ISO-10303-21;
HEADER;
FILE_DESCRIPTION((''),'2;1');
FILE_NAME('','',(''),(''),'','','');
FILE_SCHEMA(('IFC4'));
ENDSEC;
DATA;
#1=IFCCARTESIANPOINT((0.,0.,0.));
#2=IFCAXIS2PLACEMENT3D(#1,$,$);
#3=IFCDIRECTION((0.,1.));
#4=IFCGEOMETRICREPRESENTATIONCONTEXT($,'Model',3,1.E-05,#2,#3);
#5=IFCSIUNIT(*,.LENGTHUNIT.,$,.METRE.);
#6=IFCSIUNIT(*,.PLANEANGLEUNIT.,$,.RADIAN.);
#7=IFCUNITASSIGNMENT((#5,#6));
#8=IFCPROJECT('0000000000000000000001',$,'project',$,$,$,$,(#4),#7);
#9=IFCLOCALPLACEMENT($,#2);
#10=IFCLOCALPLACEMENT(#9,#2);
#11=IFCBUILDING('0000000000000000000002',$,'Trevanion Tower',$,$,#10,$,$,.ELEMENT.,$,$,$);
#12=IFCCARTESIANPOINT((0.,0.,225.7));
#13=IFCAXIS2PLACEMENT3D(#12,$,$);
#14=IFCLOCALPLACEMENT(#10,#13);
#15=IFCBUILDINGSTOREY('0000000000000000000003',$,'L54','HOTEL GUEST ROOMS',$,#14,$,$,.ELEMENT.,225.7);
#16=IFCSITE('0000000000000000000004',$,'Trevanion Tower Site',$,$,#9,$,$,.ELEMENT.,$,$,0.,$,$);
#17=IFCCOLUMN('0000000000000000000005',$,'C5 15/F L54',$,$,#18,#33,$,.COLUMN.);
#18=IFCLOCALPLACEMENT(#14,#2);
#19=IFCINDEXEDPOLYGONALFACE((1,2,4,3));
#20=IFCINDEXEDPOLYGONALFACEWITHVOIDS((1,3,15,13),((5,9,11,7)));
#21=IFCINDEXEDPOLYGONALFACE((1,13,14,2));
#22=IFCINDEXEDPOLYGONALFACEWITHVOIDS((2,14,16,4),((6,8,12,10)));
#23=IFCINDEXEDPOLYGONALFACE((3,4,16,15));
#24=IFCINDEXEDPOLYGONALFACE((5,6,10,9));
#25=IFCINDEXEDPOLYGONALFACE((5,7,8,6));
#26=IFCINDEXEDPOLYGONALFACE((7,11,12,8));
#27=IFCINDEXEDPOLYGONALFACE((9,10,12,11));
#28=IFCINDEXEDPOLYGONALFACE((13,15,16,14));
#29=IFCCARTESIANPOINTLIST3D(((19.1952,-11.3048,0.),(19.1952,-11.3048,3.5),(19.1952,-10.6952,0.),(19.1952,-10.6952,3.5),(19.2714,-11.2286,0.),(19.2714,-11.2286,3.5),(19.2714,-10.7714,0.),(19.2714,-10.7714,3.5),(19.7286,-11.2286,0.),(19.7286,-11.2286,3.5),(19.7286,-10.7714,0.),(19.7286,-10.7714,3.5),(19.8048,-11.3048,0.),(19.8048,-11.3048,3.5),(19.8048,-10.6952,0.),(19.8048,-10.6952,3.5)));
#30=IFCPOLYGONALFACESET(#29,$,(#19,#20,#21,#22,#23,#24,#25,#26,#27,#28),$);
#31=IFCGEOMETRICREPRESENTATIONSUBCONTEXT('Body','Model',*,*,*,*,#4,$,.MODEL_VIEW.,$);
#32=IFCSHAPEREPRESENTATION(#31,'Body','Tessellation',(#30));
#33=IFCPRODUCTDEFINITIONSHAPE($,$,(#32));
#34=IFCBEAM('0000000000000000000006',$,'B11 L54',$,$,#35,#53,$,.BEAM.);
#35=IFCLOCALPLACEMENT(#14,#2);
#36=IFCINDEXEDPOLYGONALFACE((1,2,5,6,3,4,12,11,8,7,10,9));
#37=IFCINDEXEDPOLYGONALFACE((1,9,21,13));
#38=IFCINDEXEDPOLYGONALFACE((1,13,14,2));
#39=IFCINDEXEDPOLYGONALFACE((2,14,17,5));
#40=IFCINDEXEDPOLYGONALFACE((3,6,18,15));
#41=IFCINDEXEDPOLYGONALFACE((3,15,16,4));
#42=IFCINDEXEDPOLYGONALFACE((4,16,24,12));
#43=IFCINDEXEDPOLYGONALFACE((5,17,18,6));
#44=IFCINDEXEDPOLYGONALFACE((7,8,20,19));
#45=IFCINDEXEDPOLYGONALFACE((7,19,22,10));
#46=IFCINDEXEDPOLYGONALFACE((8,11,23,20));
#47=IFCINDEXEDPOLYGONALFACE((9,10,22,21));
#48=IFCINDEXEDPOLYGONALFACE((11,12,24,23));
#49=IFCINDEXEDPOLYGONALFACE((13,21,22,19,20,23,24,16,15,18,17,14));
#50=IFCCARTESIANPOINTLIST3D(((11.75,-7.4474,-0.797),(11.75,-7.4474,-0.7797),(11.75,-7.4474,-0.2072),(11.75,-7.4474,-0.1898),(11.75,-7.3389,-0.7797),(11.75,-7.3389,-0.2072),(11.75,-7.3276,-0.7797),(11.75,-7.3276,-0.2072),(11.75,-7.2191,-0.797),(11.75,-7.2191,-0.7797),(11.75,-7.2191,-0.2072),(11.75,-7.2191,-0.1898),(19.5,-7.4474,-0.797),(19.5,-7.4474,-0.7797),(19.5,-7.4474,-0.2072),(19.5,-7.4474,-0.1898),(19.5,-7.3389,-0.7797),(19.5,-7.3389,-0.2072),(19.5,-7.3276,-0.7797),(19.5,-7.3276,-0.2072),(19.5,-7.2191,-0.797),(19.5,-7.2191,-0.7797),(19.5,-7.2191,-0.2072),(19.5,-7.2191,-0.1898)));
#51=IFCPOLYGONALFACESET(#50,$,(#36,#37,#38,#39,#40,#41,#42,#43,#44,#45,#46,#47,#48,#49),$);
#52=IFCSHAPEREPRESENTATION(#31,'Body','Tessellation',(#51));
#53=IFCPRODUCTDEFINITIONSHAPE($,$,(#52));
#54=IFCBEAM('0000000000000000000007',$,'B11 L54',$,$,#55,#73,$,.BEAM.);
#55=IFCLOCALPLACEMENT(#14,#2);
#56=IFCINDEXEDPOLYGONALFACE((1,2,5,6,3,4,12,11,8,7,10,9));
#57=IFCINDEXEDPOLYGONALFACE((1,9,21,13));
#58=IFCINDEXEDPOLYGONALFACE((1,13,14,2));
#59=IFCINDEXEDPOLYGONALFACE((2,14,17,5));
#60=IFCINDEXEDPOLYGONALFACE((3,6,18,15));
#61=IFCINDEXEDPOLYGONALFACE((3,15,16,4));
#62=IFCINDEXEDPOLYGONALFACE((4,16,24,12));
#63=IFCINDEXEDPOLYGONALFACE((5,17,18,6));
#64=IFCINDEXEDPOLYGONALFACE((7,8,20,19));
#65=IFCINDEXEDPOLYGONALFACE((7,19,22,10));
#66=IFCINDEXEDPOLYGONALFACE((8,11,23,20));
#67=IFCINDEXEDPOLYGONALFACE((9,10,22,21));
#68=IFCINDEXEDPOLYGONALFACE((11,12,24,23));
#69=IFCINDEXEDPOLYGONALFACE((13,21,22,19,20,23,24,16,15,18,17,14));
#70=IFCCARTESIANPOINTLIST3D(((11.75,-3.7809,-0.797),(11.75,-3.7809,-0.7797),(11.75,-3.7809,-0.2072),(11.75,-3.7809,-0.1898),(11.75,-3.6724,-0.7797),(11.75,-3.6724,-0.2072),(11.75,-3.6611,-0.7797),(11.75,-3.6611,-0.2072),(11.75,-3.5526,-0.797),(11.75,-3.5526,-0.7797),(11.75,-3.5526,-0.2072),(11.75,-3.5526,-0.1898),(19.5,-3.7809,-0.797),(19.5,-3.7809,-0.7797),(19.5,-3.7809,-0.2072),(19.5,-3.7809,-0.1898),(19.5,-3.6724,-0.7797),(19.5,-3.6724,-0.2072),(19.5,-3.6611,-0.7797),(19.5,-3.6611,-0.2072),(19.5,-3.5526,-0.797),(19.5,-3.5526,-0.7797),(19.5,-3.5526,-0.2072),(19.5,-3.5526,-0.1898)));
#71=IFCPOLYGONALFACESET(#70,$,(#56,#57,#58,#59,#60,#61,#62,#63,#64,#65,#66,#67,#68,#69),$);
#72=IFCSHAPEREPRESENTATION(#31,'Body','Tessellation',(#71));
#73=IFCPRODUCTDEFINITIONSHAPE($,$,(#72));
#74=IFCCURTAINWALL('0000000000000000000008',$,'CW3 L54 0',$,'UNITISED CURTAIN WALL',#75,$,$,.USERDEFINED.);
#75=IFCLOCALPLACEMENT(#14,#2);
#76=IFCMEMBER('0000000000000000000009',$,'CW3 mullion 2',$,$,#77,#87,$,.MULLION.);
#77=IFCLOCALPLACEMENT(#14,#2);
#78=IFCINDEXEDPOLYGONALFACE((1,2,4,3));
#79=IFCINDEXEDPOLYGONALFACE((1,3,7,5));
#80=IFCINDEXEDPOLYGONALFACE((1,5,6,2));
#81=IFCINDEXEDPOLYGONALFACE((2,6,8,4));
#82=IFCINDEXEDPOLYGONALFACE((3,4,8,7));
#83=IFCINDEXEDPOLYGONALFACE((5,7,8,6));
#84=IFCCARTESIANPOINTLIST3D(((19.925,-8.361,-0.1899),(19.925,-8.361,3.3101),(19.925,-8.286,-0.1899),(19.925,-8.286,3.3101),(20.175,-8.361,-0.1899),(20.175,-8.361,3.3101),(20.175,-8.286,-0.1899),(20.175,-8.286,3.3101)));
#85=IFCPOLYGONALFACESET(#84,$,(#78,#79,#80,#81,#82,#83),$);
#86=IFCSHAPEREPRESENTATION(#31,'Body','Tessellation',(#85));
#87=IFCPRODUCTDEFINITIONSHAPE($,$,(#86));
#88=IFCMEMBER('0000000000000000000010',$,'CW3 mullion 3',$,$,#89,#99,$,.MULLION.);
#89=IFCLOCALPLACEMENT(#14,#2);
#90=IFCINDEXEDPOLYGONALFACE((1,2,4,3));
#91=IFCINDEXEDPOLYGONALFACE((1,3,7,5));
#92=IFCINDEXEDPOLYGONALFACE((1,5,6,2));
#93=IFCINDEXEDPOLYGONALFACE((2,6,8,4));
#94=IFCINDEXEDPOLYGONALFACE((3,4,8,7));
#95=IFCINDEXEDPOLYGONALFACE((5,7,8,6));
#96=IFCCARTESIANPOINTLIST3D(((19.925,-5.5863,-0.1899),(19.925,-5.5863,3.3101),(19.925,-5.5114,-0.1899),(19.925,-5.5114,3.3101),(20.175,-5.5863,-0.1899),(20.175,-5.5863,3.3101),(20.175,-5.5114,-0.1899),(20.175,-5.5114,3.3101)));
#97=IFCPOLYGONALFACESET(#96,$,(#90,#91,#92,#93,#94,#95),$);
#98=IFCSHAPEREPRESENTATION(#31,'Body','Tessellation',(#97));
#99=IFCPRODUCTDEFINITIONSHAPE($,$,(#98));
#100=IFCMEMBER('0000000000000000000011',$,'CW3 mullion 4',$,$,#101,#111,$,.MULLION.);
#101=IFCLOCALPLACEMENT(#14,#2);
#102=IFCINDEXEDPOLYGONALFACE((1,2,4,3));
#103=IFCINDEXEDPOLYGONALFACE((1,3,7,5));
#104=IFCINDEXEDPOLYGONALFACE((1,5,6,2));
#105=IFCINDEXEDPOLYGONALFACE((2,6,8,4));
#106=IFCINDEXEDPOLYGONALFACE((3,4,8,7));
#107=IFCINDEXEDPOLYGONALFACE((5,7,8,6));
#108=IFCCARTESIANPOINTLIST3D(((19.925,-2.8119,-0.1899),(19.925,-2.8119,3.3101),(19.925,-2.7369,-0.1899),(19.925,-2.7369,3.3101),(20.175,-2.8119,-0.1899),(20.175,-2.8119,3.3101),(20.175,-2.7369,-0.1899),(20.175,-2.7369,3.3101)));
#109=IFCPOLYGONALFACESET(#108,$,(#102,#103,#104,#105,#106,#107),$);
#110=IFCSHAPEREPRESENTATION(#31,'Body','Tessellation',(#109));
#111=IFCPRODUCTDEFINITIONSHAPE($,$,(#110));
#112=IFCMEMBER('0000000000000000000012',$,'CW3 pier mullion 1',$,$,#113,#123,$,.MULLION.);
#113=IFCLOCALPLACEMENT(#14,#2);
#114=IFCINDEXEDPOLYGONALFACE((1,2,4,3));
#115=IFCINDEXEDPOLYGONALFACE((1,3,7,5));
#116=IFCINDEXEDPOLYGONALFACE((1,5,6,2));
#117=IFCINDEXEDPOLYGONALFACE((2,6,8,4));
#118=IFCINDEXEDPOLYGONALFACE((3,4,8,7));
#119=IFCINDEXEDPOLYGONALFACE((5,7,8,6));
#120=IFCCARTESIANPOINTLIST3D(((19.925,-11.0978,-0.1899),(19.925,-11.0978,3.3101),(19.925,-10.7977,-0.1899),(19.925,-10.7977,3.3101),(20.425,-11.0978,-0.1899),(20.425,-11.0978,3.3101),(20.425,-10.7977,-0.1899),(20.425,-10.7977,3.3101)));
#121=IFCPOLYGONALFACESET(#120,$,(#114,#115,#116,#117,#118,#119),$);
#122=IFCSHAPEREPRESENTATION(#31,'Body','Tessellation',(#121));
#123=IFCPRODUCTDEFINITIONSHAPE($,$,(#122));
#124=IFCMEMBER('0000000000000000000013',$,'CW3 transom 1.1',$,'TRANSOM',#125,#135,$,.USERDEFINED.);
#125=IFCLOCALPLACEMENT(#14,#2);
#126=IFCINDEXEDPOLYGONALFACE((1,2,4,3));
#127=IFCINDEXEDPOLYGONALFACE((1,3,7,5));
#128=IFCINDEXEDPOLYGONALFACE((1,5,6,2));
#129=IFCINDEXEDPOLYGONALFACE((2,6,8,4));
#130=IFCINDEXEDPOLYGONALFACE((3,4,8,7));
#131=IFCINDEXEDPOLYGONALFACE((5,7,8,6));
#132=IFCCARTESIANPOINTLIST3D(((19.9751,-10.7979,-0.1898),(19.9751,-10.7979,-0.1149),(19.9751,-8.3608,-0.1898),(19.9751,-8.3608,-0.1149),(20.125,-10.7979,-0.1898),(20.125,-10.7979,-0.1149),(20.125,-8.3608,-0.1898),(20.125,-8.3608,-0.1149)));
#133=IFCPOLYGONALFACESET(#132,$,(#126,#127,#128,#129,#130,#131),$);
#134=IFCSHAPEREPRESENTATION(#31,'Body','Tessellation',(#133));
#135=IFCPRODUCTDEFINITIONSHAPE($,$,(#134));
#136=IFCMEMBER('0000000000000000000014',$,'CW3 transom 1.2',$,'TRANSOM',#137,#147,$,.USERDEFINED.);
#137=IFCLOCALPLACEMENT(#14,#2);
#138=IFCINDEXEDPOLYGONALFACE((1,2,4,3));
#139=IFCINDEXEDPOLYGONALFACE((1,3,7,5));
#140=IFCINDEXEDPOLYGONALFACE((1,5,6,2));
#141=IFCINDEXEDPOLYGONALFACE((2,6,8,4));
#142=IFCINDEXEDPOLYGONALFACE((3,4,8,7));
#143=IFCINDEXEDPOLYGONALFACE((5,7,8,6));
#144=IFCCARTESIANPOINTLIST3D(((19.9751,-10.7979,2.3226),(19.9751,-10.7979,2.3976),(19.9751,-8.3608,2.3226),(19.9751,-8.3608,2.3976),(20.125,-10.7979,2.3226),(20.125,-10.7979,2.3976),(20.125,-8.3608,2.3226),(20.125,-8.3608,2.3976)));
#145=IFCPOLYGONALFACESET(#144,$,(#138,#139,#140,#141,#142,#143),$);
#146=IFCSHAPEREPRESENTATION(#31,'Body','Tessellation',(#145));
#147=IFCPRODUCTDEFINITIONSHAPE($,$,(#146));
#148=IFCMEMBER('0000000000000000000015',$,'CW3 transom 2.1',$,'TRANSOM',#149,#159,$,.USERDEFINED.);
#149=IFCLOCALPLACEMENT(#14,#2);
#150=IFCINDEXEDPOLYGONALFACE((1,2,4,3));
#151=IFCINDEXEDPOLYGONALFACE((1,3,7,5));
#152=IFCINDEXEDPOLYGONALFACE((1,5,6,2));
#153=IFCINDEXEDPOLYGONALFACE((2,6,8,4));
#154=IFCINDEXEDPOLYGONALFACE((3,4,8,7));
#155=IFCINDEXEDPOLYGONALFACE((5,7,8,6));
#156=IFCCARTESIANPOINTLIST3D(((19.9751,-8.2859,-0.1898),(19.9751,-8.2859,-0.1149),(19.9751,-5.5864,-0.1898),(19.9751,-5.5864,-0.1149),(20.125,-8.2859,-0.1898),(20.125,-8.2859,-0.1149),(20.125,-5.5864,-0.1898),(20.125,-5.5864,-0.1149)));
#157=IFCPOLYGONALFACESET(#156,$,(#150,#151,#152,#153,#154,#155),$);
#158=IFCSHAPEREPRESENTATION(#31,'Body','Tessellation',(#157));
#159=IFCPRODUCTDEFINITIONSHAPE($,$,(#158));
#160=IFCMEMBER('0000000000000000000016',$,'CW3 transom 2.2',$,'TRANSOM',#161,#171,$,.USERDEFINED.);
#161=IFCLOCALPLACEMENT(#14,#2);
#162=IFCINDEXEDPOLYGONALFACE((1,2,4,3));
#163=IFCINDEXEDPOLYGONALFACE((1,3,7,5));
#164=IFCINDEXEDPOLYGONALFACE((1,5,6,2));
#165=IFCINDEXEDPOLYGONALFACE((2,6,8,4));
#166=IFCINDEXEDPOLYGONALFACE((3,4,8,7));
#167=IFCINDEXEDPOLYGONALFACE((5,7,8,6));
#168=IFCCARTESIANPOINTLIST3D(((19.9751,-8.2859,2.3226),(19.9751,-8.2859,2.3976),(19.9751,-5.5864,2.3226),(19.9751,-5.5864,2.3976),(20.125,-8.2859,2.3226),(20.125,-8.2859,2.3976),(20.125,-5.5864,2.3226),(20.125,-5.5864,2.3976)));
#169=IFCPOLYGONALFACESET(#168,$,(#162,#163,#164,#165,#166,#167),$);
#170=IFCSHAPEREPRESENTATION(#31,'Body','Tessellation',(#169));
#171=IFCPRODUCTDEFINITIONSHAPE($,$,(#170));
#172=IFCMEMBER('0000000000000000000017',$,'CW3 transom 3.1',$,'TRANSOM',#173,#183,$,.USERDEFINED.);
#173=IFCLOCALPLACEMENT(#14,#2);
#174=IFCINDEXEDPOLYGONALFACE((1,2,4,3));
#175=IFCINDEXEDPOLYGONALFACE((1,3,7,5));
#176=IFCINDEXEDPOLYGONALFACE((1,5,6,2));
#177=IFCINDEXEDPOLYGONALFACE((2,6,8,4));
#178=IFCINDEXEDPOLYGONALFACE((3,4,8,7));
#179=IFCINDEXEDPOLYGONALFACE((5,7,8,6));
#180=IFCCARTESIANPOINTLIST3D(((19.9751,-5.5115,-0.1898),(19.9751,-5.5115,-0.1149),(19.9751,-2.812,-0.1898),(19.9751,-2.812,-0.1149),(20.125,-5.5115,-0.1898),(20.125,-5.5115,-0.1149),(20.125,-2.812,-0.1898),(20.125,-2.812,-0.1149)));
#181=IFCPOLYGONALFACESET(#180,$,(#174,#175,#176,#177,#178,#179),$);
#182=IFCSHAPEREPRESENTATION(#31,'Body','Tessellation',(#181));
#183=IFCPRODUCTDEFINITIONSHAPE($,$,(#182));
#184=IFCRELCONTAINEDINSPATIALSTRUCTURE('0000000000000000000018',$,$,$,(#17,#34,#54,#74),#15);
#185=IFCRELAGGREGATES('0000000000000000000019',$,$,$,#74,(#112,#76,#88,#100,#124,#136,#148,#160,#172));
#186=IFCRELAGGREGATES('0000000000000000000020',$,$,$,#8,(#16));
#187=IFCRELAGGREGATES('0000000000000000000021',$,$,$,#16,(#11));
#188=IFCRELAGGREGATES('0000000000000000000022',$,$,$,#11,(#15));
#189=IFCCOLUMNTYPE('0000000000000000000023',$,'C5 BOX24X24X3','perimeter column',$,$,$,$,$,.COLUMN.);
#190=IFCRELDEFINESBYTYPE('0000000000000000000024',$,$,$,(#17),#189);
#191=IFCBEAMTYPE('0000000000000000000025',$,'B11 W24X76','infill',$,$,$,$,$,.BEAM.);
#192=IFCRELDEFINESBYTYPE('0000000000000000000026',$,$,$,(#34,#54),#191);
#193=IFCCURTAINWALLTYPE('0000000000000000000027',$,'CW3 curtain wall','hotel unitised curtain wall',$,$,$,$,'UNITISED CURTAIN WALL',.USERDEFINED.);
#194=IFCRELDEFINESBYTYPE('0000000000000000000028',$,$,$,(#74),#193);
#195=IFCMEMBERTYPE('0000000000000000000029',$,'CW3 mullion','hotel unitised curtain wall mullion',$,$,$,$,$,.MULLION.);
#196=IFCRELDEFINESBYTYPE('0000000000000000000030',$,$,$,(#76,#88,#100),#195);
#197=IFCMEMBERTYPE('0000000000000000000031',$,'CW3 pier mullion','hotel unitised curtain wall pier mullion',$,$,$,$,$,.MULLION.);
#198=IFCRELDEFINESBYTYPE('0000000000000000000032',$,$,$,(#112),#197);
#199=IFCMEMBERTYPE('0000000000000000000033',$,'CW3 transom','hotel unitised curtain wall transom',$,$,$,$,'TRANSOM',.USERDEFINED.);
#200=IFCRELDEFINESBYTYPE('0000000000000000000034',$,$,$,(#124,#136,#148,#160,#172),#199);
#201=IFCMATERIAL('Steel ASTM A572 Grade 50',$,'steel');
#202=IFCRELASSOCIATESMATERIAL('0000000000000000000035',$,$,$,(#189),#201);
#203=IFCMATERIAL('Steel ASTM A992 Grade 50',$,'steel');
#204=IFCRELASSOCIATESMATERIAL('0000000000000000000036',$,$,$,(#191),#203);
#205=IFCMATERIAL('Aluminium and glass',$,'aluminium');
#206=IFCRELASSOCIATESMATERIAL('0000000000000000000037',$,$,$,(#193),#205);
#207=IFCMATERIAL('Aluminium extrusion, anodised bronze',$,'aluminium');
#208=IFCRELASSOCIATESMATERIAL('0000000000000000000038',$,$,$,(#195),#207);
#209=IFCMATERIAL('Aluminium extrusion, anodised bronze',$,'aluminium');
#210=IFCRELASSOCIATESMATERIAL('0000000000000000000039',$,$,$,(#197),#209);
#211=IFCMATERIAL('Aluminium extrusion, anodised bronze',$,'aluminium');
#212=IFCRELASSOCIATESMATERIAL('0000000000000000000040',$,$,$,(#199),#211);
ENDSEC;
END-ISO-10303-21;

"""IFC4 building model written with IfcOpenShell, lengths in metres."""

from ifc_helpers import new_model, si_unit, direction, frame, origin, origin_2d, place, context, subcontext, project, spatial, rectangle, hollow_rectangle, i_section, extrude, material, material_profile, profile_set, type_object, element, aggregate, save


model = new_model("IFC4")

# Units and contexts
model_context = context("Model", 3, precision=1e-05, world=origin(), true_north=direction((0.0, 1.0)))
body_context = subcontext(model_context, "Body", "Model", "MODEL_VIEW")
ifc_project = project(units=[si_unit("LENGTHUNIT", "METRE"), si_unit("PLANEANGLEUNIT", "RADIAN")], contexts=[model_context])

# Site, building, storey
site_placement = place(None, origin())
site = spatial("IfcSite", under=ifc_project, at=site_placement, Name="Trevanion Tower Site", CompositionType="ELEMENT", RefElevation=0.0)
building_placement = place(site_placement, origin())
building = spatial("IfcBuilding", under=site, at=building_placement, Name="Trevanion Tower", CompositionType="ELEMENT")
storey_placement = place(building_placement, frame((0.0, 0.0, 225.7)))
storey = spatial("IfcBuildingStorey", under=building, at=storey_placement, Name="L54", Description="HOTEL GUEST ROOMS", CompositionType="ELEMENT", Elevation=225.7)

# Column
ifc_material_1 = material(Name="Steel ASTM A572 Grade 50", Category="steel")
ifc_material_profile_1 = material_profile(ifc_material_1, hollow_rectangle(XDim=0.6096, YDim=0.6096, WallThickness=0.0762, at=origin_2d()), Name="BOX24X24X3")
ifc_profile_set_1 = profile_set([ifc_material_profile_1], Name="Steel ASTM A572 Grade 50")
column_type = type_object("IfcColumnType", Name="C5 BOX24X24X3", Description="perimeter column", PredefinedType="COLUMN", material=ifc_profile_set_1)
column_placement = place(storey_placement, frame((19.5, -11.0, 0.0), z_axis=(0.0, 0.0, 1.0), x_axis=(0.0, 1.0, 0.0)))
element("IfcColumn", 1, at=column_placement, inside=storey, type_object=column_type, Name="C5 15/F L54", PredefinedType="COLUMN", context=body_context, shape_type="SweptSolid", body=[
    extrude(hollow_rectangle(XDim=0.6096, YDim=0.6096, WallThickness=0.0762, at=origin_2d()), origin(), (0.0, 0.0, 1.0), 3.5),
])

# Beams
ifc_material_2 = material(Name="Steel ASTM A992 Grade 50", Category="steel")
ifc_material_profile_2 = material_profile(ifc_material_2, i_section(OverallWidth=0.2283, OverallDepth=0.6072, WebThickness=0.0112, FlangeThickness=0.0173, at=origin_2d()), Name="W24X76")
ifc_profile_set_2 = profile_set([ifc_material_profile_2], Name="Steel ASTM A992 Grade 50")
beam_type_1 = type_object("IfcBeamType", Name="B11 W24X76", Description="infill", PredefinedType="BEAM", material=ifc_profile_set_2)
for number, where, z_axis, x_axis, name in (
    (2, (11.75, -7.3333, -0.4934), (1.0, 0.0, 0.0), (0.0, 1.0, 0.0), "B11 L54"),
    (3, (11.75, -3.6667, -0.4934), (1.0, 0.0, 0.0), (0.0, 1.0, 0.0), "B11 L54"),
):
    element("IfcBeam", number, at=place(storey_placement, frame(where, z_axis=z_axis, x_axis=x_axis)), inside=storey, type_object=beam_type_1, Name=name, PredefinedType="BEAM", context=body_context, shape_type="SweptSolid", body=[
        extrude(i_section(OverallWidth=0.2283, OverallDepth=0.6072, WebThickness=0.0112, FlangeThickness=0.0173, at=origin_2d()), origin(), (0.0, 0.0, 1.0), 7.75),
    ])

# Curtain wall, members
ifc_material_3 = material(Name="Aluminium and glass", Category="aluminium")
curtain_wall_type = type_object("IfcCurtainWallType", Name="CW3 curtain wall", Description="hotel unitised curtain wall", ElementType="UNITISED CURTAIN WALL", PredefinedType="USERDEFINED", material=ifc_material_3)
curtain_wall_placement = place(storey_placement, origin())
curtain_wall = element("IfcCurtainWall", 4, at=curtain_wall_placement, inside=storey, type_object=curtain_wall_type, Name="CW3 L54 0", ObjectType="UNITISED CURTAIN WALL", PredefinedType="USERDEFINED")
ifc_material_4 = material(Name="Aluminium extrusion, anodised bronze", Category="aluminium")
ifc_material_profile_3 = material_profile(ifc_material_4, rectangle(XDim=0.075, YDim=0.25, at=origin_2d()), Name="CW3 mullion")
ifc_profile_set_3 = profile_set([ifc_material_profile_3], Name="Aluminium extrusion, anodised bronze")
member_type_1 = type_object("IfcMemberType", Name="CW3 mullion", Description="hotel unitised curtain wall mullion", PredefinedType="MULLION", material=ifc_profile_set_3)
member_1_placement = place(storey_placement, frame((20.05, -8.3235, -0.1899), z_axis=(0.0, 0.0, 1.0), x_axis=(0.0, 1.0, 0.0)))
member_1 = element("IfcMember", 5, at=member_1_placement, type_object=member_type_1, Name="CW3 mullion 2", PredefinedType="MULLION", context=body_context, shape_type="SweptSolid", body=[
    extrude(rectangle(XDim=0.075, YDim=0.25, at=origin_2d()), origin(), (0.0, 0.0, 1.0), 3.5),
])
member_2_placement = place(storey_placement, frame((20.05, -5.5488, -0.1899), z_axis=(0.0, 0.0, 1.0), x_axis=(0.0, 1.0, 0.0)))
member_2 = element("IfcMember", 6, at=member_2_placement, type_object=member_type_1, Name="CW3 mullion 3", PredefinedType="MULLION", context=body_context, shape_type="SweptSolid", body=[
    extrude(rectangle(XDim=0.075, YDim=0.25, at=origin_2d()), origin(), (0.0, 0.0, 1.0), 3.5),
])
member_3_placement = place(storey_placement, frame((20.05, -2.7744, -0.1899), z_axis=(0.0, 0.0, 1.0), x_axis=(0.0, 1.0, 0.0)))
member_3 = element("IfcMember", 7, at=member_3_placement, type_object=member_type_1, Name="CW3 mullion 4", PredefinedType="MULLION", context=body_context, shape_type="SweptSolid", body=[
    extrude(rectangle(XDim=0.075, YDim=0.25, at=origin_2d()), origin(), (0.0, 0.0, 1.0), 3.5),
])
ifc_material_5 = material(Name="Aluminium extrusion, anodised bronze", Category="aluminium")
ifc_material_profile_4 = material_profile(ifc_material_5, rectangle(XDim=0.3, YDim=0.5, at=origin_2d()), Name="CW3 pier mullion")
ifc_profile_set_4 = profile_set([ifc_material_profile_4], Name="Aluminium extrusion, anodised bronze")
member_type_2 = type_object("IfcMemberType", Name="CW3 pier mullion", Description="hotel unitised curtain wall pier mullion", PredefinedType="MULLION", material=ifc_profile_set_4)
member_4_placement = place(storey_placement, frame((20.175, -10.9478, -0.1899), z_axis=(0.0, 0.0, 1.0), x_axis=(0.0, 1.0, 0.0)))
member_4 = element("IfcMember", 8, at=member_4_placement, type_object=member_type_2, Name="CW3 pier mullion 1", PredefinedType="MULLION", context=body_context, shape_type="SweptSolid", body=[
    extrude(rectangle(XDim=0.3, YDim=0.5, at=origin_2d()), origin(), (0.0, 0.0, 1.0), 3.5),
])
ifc_material_6 = material(Name="Aluminium extrusion, anodised bronze", Category="aluminium")
ifc_material_profile_5 = material_profile(ifc_material_6, rectangle(XDim=0.1499, YDim=0.075, at=origin_2d()), Name="CW3 transom")
ifc_profile_set_5 = profile_set([ifc_material_profile_5], Name="Aluminium extrusion, anodised bronze")
member_type_3 = type_object("IfcMemberType", Name="CW3 transom", Description="hotel unitised curtain wall transom", ElementType="TRANSOM", PredefinedType="USERDEFINED", material=ifc_profile_set_5)
member_5_placement = place(storey_placement, frame((20.05, -10.7979, -0.1523), z_axis=(0.0, 1.0, 0.0), x_axis=(-1.0, 0.0, 0.0)))
member_5 = element("IfcMember", 9, at=member_5_placement, type_object=member_type_3, Name="CW3 transom 1.1", ObjectType="TRANSOM", PredefinedType="USERDEFINED", context=body_context, shape_type="SweptSolid", body=[
    extrude(rectangle(XDim=0.1499, YDim=0.075, at=origin_2d()), origin(), (0.0, 0.0, 1.0), 2.437),
])
member_6_placement = place(storey_placement, frame((20.05, -10.7979, 2.3601), z_axis=(0.0, 1.0, 0.0), x_axis=(-1.0, 0.0, 0.0)))
member_6 = element("IfcMember", 10, at=member_6_placement, type_object=member_type_3, Name="CW3 transom 1.2", ObjectType="TRANSOM", PredefinedType="USERDEFINED", context=body_context, shape_type="SweptSolid", body=[
    extrude(rectangle(XDim=0.1499, YDim=0.075, at=origin_2d()), origin(), (0.0, 0.0, 1.0), 2.437),
])
member_7_placement = place(storey_placement, frame((20.05, -8.2859, -0.1523), z_axis=(0.0, 1.0, 0.0), x_axis=(-1.0, 0.0, 0.0)))
member_7 = element("IfcMember", 11, at=member_7_placement, type_object=member_type_3, Name="CW3 transom 2.1", ObjectType="TRANSOM", PredefinedType="USERDEFINED", context=body_context, shape_type="SweptSolid", body=[
    extrude(rectangle(XDim=0.1499, YDim=0.075, at=origin_2d()), origin(), (0.0, 0.0, 1.0), 2.6995),
])
member_8_placement = place(storey_placement, frame((20.05, -8.2859, 2.3601), z_axis=(0.0, 1.0, 0.0), x_axis=(-1.0, 0.0, 0.0)))
member_8 = element("IfcMember", 12, at=member_8_placement, type_object=member_type_3, Name="CW3 transom 2.2", ObjectType="TRANSOM", PredefinedType="USERDEFINED", context=body_context, shape_type="SweptSolid", body=[
    extrude(rectangle(XDim=0.1499, YDim=0.075, at=origin_2d()), origin(), (0.0, 0.0, 1.0), 2.6995),
])
member_9_placement = place(storey_placement, frame((20.05, -5.5115, -0.1523), z_axis=(0.0, 1.0, 0.0), x_axis=(-1.0, 0.0, 0.0)))
member_9 = element("IfcMember", 13, at=member_9_placement, type_object=member_type_3, Name="CW3 transom 3.1", ObjectType="TRANSOM", PredefinedType="USERDEFINED", context=body_context, shape_type="SweptSolid", body=[
    extrude(rectangle(XDim=0.1499, YDim=0.075, at=origin_2d()), origin(), (0.0, 0.0, 1.0), 2.6995),
])

aggregate(curtain_wall, [member_4, member_1, member_2, member_3, member_5, member_6, member_7, member_8, member_9])

save(model, "model.ifc")
